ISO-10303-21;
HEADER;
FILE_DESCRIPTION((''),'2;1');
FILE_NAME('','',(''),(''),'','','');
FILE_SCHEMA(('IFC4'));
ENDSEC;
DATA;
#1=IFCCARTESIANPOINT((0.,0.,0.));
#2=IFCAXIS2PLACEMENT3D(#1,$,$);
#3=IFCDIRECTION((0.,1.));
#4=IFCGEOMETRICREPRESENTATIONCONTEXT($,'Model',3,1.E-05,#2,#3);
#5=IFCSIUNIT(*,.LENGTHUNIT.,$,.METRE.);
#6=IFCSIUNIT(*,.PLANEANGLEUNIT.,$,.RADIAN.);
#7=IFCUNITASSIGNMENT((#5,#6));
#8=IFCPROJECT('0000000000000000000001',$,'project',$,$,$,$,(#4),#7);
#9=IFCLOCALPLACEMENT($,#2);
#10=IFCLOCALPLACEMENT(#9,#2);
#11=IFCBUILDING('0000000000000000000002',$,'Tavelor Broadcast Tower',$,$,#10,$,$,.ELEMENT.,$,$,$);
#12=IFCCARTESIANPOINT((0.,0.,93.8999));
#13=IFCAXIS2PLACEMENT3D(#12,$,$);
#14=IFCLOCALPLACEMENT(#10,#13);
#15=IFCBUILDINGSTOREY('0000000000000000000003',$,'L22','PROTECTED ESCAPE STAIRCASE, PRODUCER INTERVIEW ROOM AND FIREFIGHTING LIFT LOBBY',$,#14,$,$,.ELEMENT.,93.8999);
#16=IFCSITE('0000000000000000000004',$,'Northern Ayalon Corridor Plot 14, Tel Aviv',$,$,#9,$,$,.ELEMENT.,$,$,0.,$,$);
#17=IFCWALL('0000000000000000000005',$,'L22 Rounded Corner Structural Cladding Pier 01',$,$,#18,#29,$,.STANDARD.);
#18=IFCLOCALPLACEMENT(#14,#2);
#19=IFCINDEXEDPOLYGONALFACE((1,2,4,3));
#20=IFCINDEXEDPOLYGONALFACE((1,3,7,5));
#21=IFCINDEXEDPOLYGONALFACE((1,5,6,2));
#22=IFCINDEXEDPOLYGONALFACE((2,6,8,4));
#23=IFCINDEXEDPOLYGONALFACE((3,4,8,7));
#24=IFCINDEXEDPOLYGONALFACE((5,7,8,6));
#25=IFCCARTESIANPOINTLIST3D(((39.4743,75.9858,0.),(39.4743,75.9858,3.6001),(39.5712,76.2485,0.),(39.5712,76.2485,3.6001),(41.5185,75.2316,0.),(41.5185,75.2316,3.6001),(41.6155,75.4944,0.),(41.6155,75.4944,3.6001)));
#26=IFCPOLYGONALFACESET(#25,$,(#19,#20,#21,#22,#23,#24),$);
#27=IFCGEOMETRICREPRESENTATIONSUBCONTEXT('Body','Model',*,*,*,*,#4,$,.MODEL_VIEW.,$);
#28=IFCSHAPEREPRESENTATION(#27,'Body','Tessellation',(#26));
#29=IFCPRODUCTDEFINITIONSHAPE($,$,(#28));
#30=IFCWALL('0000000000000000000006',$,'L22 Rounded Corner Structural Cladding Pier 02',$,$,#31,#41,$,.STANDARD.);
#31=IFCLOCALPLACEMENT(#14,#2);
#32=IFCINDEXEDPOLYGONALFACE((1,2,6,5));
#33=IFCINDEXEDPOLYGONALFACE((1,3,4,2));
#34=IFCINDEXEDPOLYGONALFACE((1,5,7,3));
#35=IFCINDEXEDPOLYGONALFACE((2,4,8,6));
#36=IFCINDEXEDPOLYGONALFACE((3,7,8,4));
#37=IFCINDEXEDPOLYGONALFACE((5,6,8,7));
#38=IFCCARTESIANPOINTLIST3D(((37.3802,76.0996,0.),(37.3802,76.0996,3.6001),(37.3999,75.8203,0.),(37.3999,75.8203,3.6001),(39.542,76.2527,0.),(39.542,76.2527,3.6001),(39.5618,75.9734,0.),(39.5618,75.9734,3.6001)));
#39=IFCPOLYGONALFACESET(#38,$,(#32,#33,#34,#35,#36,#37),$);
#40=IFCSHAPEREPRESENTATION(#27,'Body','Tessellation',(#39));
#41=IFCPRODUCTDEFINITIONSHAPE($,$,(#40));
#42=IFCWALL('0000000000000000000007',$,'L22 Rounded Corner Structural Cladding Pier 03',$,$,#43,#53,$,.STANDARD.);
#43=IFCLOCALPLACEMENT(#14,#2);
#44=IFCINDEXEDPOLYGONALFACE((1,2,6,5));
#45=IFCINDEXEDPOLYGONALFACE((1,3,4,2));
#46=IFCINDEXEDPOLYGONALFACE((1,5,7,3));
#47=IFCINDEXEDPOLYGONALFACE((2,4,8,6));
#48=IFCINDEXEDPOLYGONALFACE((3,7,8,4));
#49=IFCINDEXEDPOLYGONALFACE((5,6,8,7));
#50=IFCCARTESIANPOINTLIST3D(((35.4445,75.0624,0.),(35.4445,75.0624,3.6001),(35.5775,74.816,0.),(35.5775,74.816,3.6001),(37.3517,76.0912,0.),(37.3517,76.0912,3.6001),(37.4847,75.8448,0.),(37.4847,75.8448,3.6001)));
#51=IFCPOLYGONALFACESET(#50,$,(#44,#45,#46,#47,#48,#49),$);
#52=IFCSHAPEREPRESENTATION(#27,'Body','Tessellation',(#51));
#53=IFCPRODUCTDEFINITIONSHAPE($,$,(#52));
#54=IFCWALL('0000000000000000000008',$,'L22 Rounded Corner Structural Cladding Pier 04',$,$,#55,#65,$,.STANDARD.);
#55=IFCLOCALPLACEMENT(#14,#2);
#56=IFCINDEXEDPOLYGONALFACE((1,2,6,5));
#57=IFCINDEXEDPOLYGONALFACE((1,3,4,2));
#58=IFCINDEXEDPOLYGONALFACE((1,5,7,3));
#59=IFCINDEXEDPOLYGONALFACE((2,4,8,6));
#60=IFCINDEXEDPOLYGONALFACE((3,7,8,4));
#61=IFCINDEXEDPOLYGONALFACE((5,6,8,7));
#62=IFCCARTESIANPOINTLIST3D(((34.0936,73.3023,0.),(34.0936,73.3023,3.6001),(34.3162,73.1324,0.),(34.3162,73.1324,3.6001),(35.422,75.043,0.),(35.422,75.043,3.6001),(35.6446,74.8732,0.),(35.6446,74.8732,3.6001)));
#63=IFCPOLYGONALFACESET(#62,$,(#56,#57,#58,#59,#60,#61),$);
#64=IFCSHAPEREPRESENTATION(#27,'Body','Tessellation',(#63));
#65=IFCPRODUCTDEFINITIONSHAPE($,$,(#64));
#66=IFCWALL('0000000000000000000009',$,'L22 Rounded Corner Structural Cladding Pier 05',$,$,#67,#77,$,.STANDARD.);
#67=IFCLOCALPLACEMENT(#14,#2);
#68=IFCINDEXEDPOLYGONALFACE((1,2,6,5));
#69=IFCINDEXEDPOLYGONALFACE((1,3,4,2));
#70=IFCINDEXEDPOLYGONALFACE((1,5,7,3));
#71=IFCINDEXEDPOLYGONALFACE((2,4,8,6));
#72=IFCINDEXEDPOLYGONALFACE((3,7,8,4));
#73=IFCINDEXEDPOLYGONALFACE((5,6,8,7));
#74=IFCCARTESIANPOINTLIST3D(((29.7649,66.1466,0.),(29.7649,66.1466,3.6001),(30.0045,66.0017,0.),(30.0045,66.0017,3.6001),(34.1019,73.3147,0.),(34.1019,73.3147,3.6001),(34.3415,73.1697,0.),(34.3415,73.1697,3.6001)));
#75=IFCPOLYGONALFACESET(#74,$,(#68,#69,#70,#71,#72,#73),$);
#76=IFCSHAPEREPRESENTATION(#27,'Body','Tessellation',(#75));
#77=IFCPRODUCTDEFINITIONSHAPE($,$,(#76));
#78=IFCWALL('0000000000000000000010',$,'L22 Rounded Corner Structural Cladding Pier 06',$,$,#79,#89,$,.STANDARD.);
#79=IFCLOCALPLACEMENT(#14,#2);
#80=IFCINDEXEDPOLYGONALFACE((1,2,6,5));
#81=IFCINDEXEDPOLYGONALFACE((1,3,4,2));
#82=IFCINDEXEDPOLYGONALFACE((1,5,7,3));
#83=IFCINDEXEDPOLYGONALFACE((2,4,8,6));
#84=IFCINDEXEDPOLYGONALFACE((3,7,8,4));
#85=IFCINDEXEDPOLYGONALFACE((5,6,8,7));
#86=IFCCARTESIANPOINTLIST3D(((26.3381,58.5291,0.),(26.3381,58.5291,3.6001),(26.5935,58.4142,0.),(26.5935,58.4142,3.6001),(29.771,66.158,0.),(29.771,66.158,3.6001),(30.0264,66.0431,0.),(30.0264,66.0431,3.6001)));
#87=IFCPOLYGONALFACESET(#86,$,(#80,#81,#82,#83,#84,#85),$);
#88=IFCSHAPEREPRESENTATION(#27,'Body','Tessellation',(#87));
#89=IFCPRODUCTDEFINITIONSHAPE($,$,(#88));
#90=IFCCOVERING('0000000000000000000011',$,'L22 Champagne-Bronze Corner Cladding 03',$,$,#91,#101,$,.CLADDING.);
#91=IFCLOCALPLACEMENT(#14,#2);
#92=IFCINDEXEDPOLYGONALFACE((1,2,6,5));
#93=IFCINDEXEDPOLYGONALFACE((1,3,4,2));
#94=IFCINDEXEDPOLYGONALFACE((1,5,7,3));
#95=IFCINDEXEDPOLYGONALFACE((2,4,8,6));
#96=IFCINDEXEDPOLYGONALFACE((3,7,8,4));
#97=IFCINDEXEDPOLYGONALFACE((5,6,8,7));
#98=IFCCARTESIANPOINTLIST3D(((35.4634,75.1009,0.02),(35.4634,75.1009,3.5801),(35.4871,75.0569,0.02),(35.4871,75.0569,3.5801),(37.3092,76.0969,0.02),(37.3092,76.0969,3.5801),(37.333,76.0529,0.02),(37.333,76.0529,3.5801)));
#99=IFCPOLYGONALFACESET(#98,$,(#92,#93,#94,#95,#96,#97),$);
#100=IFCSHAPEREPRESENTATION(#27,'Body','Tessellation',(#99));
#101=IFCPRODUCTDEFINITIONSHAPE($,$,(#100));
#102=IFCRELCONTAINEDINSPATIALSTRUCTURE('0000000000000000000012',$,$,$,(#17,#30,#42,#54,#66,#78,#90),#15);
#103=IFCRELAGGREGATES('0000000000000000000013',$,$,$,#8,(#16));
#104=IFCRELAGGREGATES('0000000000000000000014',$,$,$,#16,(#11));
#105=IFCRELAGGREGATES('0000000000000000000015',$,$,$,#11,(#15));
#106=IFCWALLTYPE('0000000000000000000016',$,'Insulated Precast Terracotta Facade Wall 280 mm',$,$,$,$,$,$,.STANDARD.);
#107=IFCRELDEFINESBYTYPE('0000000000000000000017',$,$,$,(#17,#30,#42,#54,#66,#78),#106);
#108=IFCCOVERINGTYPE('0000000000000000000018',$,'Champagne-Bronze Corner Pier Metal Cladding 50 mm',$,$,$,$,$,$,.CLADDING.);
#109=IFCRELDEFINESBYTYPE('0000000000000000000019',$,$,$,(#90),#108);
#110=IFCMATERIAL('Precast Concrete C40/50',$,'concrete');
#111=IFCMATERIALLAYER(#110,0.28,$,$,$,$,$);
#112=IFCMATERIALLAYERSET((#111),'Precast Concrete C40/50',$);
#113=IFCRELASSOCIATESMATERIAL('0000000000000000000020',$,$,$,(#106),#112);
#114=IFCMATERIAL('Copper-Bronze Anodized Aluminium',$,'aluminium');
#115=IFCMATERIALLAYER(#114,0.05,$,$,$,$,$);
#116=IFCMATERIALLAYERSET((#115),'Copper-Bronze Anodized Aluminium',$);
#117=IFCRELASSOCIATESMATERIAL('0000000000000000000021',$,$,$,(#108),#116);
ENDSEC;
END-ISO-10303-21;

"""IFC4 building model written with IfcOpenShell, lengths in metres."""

from ifc_helpers import new_model, si_unit, direction, frame, frame_2d, origin, origin_2d, place, context, subcontext, project, spatial, rectangle, extrude, material, layer, layer_set, type_object, element, save


model = new_model("IFC4")

# Units and contexts
model_context = context("Model", 3, precision=1e-05, world=origin(), true_north=direction((0.0, 1.0)))
body_context = subcontext(model_context, "Body", "Model", "MODEL_VIEW")
ifc_project = project(units=[si_unit("LENGTHUNIT", "METRE"), si_unit("PLANEANGLEUNIT", "RADIAN")], contexts=[model_context])

# Site, building, storey
site_placement = place(None, origin())
site = spatial("IfcSite", under=ifc_project, at=site_placement, Name="Northern Ayalon Corridor Plot 14, Tel Aviv", CompositionType="ELEMENT", RefElevation=0.0)
building_placement = place(site_placement, origin())
building = spatial("IfcBuilding", under=site, at=building_placement, Name="Tavelor Broadcast Tower", CompositionType="ELEMENT")
storey_placement = place(building_placement, frame((0.0, 0.0, 93.8999)))
storey = spatial("IfcBuildingStorey", under=building, at=storey_placement, Name="L22", Description="PROTECTED ESCAPE STAIRCASE, PRODUCER INTERVIEW ROOM AND FIREFIGHTING LIFT LOBBY", CompositionType="ELEMENT", Elevation=93.8999)

# Walls
ifc_material_1 = material(Name="Precast Concrete C40/50", Category="concrete")
ifc_layer_1 = layer(ifc_material_1, 0.28)
ifc_layer_set_1 = layer_set([ifc_layer_1], Name="Precast Concrete C40/50")
wall_type = type_object("IfcWallType", Name="Insulated Precast Terracotta Facade Wall 280 mm", PredefinedType="STANDARD", material=ifc_layer_set_1)
wall_1_placement = place(storey_placement, frame((41.5669, 75.363, 0.0), z_axis=(0.0, 0.0, 1.0), x_axis=(-0.93819, 0.346121, 0.0)))
element("IfcWall", 1, at=wall_1_placement, inside=storey, type_object=wall_type, Name="L22 Rounded Corner Structural Cladding Pier 01", PredefinedType="STANDARD", context=body_context, shape_type="SweptSolid", body=[
    extrude(rectangle(XDim=2.179, YDim=0.28, at=frame_2d((1.0894, 0.0))), origin(), (0.0, 0.0, 1.0), 3.6001),
])
wall_2_placement = place(storey_placement, frame((39.5518, 76.113, 0.0), z_axis=(0.0, 0.0, 1.0), x_axis=(-0.997503, -0.070631, 0.0)))
element("IfcWall", 2, at=wall_2_placement, inside=storey, type_object=wall_type, Name="L22 Rounded Corner Structural Cladding Pier 02", PredefinedType="STANDARD", context=body_context, shape_type="SweptSolid", body=[
    extrude(rectangle(XDim=2.1672, YDim=0.28, at=frame_2d((1.0835, 0.0))), origin(), (0.0, 0.0, 1.0), 3.6001),
])
wall_3_placement = place(storey_placement, frame((37.4182, 75.968, 0.0), z_axis=(0.0, 0.0, 1.0), x_axis=(-0.880116, -0.474758, 0.0)))
element("IfcWall", 3, at=wall_3_placement, inside=storey, type_object=wall_type, Name="L22 Rounded Corner Structural Cladding Pier 03", PredefinedType="STANDARD", context=body_context, shape_type="SweptSolid", body=[
    extrude(rectangle(XDim=2.167, YDim=0.28, at=frame_2d((1.0835, 0.0))), origin(), (0.0, 0.0, 1.0), 3.6001),
])
wall_4_placement = place(storey_placement, frame((35.5332, 74.958, 0.0), z_axis=(0.0, 0.0, 1.0), x_axis=(-0.606651, -0.794968, 0.0)))
element("IfcWall", 4, at=wall_4_placement, inside=storey, type_object=wall_type, Name="L22 Rounded Corner Structural Cladding Pier 04", PredefinedType="STANDARD", context=body_context, shape_type="SweptSolid", body=[
    extrude(rectangle(XDim=2.1897, YDim=0.28, at=frame_2d((1.0947, 0.0))), origin(), (0.0, 0.0, 1.0), 3.6001),
])
wall_5_placement = place(storey_placement, frame((34.2217, 73.2422, 0.0), z_axis=(0.0, 0.0, 1.0), x_axis=(-0.517663, -0.855584, 0.0)))
element("IfcWall", 5, at=wall_5_placement, inside=storey, type_object=wall_type, Name="L22 Rounded Corner Structural Cladding Pier 05", PredefinedType="STANDARD", context=body_context, shape_type="SweptSolid", body=[
    extrude(rectangle(XDim=8.3779, YDim=0.28, at=frame_2d((4.189, 0.0))), origin(), (0.0, 0.0, 1.0), 3.6001),
])
wall_6_placement = place(storey_placement, frame((29.8987, 66.1006, 0.0), z_axis=(0.0, 0.0, 1.0), x_axis=(-0.41035, -0.911928, 0.0)))
element("IfcWall", 6, at=wall_6_placement, inside=storey, type_object=wall_type, Name="L22 Rounded Corner Structural Cladding Pier 06", PredefinedType="STANDARD", context=body_context, shape_type="SweptSolid", body=[
    extrude(rectangle(XDim=8.3657, YDim=0.28, at=frame_2d((4.1829, 0.0))), origin(), (0.0, 0.0, 1.0), 3.6001),
])

# Covering
ifc_material_2 = material(Name="Copper-Bronze Anodized Aluminium", Category="aluminium")
ifc_layer_2 = layer(ifc_material_2, 0.05)
ifc_layer_set_2 = layer_set([ifc_layer_2], Name="Copper-Bronze Anodized Aluminium")
covering_type = type_object("IfcCoveringType", Name="Champagne-Bronze Corner Pier Metal Cladding 50 mm", PredefinedType="CLADDING", material=ifc_layer_set_2)
covering_placement = place(storey_placement, frame((36.3982, 75.5769, 0.02), z_axis=(0.0, 0.0, 1.0), x_axis=(-0.880063, -0.474856, 0.0)))
element("IfcCovering", 7, at=covering_placement, inside=storey, type_object=covering_type, Name="L22 Champagne-Bronze Corner Cladding 03", PredefinedType="CLADDING", context=body_context, shape_type="SweptSolid", body=[
    extrude(rectangle(XDim=2.0974, YDim=0.05, at=origin_2d()), origin(), (0.0, 0.0, 1.0), 3.5601),
])

save(model, "model.ifc")
